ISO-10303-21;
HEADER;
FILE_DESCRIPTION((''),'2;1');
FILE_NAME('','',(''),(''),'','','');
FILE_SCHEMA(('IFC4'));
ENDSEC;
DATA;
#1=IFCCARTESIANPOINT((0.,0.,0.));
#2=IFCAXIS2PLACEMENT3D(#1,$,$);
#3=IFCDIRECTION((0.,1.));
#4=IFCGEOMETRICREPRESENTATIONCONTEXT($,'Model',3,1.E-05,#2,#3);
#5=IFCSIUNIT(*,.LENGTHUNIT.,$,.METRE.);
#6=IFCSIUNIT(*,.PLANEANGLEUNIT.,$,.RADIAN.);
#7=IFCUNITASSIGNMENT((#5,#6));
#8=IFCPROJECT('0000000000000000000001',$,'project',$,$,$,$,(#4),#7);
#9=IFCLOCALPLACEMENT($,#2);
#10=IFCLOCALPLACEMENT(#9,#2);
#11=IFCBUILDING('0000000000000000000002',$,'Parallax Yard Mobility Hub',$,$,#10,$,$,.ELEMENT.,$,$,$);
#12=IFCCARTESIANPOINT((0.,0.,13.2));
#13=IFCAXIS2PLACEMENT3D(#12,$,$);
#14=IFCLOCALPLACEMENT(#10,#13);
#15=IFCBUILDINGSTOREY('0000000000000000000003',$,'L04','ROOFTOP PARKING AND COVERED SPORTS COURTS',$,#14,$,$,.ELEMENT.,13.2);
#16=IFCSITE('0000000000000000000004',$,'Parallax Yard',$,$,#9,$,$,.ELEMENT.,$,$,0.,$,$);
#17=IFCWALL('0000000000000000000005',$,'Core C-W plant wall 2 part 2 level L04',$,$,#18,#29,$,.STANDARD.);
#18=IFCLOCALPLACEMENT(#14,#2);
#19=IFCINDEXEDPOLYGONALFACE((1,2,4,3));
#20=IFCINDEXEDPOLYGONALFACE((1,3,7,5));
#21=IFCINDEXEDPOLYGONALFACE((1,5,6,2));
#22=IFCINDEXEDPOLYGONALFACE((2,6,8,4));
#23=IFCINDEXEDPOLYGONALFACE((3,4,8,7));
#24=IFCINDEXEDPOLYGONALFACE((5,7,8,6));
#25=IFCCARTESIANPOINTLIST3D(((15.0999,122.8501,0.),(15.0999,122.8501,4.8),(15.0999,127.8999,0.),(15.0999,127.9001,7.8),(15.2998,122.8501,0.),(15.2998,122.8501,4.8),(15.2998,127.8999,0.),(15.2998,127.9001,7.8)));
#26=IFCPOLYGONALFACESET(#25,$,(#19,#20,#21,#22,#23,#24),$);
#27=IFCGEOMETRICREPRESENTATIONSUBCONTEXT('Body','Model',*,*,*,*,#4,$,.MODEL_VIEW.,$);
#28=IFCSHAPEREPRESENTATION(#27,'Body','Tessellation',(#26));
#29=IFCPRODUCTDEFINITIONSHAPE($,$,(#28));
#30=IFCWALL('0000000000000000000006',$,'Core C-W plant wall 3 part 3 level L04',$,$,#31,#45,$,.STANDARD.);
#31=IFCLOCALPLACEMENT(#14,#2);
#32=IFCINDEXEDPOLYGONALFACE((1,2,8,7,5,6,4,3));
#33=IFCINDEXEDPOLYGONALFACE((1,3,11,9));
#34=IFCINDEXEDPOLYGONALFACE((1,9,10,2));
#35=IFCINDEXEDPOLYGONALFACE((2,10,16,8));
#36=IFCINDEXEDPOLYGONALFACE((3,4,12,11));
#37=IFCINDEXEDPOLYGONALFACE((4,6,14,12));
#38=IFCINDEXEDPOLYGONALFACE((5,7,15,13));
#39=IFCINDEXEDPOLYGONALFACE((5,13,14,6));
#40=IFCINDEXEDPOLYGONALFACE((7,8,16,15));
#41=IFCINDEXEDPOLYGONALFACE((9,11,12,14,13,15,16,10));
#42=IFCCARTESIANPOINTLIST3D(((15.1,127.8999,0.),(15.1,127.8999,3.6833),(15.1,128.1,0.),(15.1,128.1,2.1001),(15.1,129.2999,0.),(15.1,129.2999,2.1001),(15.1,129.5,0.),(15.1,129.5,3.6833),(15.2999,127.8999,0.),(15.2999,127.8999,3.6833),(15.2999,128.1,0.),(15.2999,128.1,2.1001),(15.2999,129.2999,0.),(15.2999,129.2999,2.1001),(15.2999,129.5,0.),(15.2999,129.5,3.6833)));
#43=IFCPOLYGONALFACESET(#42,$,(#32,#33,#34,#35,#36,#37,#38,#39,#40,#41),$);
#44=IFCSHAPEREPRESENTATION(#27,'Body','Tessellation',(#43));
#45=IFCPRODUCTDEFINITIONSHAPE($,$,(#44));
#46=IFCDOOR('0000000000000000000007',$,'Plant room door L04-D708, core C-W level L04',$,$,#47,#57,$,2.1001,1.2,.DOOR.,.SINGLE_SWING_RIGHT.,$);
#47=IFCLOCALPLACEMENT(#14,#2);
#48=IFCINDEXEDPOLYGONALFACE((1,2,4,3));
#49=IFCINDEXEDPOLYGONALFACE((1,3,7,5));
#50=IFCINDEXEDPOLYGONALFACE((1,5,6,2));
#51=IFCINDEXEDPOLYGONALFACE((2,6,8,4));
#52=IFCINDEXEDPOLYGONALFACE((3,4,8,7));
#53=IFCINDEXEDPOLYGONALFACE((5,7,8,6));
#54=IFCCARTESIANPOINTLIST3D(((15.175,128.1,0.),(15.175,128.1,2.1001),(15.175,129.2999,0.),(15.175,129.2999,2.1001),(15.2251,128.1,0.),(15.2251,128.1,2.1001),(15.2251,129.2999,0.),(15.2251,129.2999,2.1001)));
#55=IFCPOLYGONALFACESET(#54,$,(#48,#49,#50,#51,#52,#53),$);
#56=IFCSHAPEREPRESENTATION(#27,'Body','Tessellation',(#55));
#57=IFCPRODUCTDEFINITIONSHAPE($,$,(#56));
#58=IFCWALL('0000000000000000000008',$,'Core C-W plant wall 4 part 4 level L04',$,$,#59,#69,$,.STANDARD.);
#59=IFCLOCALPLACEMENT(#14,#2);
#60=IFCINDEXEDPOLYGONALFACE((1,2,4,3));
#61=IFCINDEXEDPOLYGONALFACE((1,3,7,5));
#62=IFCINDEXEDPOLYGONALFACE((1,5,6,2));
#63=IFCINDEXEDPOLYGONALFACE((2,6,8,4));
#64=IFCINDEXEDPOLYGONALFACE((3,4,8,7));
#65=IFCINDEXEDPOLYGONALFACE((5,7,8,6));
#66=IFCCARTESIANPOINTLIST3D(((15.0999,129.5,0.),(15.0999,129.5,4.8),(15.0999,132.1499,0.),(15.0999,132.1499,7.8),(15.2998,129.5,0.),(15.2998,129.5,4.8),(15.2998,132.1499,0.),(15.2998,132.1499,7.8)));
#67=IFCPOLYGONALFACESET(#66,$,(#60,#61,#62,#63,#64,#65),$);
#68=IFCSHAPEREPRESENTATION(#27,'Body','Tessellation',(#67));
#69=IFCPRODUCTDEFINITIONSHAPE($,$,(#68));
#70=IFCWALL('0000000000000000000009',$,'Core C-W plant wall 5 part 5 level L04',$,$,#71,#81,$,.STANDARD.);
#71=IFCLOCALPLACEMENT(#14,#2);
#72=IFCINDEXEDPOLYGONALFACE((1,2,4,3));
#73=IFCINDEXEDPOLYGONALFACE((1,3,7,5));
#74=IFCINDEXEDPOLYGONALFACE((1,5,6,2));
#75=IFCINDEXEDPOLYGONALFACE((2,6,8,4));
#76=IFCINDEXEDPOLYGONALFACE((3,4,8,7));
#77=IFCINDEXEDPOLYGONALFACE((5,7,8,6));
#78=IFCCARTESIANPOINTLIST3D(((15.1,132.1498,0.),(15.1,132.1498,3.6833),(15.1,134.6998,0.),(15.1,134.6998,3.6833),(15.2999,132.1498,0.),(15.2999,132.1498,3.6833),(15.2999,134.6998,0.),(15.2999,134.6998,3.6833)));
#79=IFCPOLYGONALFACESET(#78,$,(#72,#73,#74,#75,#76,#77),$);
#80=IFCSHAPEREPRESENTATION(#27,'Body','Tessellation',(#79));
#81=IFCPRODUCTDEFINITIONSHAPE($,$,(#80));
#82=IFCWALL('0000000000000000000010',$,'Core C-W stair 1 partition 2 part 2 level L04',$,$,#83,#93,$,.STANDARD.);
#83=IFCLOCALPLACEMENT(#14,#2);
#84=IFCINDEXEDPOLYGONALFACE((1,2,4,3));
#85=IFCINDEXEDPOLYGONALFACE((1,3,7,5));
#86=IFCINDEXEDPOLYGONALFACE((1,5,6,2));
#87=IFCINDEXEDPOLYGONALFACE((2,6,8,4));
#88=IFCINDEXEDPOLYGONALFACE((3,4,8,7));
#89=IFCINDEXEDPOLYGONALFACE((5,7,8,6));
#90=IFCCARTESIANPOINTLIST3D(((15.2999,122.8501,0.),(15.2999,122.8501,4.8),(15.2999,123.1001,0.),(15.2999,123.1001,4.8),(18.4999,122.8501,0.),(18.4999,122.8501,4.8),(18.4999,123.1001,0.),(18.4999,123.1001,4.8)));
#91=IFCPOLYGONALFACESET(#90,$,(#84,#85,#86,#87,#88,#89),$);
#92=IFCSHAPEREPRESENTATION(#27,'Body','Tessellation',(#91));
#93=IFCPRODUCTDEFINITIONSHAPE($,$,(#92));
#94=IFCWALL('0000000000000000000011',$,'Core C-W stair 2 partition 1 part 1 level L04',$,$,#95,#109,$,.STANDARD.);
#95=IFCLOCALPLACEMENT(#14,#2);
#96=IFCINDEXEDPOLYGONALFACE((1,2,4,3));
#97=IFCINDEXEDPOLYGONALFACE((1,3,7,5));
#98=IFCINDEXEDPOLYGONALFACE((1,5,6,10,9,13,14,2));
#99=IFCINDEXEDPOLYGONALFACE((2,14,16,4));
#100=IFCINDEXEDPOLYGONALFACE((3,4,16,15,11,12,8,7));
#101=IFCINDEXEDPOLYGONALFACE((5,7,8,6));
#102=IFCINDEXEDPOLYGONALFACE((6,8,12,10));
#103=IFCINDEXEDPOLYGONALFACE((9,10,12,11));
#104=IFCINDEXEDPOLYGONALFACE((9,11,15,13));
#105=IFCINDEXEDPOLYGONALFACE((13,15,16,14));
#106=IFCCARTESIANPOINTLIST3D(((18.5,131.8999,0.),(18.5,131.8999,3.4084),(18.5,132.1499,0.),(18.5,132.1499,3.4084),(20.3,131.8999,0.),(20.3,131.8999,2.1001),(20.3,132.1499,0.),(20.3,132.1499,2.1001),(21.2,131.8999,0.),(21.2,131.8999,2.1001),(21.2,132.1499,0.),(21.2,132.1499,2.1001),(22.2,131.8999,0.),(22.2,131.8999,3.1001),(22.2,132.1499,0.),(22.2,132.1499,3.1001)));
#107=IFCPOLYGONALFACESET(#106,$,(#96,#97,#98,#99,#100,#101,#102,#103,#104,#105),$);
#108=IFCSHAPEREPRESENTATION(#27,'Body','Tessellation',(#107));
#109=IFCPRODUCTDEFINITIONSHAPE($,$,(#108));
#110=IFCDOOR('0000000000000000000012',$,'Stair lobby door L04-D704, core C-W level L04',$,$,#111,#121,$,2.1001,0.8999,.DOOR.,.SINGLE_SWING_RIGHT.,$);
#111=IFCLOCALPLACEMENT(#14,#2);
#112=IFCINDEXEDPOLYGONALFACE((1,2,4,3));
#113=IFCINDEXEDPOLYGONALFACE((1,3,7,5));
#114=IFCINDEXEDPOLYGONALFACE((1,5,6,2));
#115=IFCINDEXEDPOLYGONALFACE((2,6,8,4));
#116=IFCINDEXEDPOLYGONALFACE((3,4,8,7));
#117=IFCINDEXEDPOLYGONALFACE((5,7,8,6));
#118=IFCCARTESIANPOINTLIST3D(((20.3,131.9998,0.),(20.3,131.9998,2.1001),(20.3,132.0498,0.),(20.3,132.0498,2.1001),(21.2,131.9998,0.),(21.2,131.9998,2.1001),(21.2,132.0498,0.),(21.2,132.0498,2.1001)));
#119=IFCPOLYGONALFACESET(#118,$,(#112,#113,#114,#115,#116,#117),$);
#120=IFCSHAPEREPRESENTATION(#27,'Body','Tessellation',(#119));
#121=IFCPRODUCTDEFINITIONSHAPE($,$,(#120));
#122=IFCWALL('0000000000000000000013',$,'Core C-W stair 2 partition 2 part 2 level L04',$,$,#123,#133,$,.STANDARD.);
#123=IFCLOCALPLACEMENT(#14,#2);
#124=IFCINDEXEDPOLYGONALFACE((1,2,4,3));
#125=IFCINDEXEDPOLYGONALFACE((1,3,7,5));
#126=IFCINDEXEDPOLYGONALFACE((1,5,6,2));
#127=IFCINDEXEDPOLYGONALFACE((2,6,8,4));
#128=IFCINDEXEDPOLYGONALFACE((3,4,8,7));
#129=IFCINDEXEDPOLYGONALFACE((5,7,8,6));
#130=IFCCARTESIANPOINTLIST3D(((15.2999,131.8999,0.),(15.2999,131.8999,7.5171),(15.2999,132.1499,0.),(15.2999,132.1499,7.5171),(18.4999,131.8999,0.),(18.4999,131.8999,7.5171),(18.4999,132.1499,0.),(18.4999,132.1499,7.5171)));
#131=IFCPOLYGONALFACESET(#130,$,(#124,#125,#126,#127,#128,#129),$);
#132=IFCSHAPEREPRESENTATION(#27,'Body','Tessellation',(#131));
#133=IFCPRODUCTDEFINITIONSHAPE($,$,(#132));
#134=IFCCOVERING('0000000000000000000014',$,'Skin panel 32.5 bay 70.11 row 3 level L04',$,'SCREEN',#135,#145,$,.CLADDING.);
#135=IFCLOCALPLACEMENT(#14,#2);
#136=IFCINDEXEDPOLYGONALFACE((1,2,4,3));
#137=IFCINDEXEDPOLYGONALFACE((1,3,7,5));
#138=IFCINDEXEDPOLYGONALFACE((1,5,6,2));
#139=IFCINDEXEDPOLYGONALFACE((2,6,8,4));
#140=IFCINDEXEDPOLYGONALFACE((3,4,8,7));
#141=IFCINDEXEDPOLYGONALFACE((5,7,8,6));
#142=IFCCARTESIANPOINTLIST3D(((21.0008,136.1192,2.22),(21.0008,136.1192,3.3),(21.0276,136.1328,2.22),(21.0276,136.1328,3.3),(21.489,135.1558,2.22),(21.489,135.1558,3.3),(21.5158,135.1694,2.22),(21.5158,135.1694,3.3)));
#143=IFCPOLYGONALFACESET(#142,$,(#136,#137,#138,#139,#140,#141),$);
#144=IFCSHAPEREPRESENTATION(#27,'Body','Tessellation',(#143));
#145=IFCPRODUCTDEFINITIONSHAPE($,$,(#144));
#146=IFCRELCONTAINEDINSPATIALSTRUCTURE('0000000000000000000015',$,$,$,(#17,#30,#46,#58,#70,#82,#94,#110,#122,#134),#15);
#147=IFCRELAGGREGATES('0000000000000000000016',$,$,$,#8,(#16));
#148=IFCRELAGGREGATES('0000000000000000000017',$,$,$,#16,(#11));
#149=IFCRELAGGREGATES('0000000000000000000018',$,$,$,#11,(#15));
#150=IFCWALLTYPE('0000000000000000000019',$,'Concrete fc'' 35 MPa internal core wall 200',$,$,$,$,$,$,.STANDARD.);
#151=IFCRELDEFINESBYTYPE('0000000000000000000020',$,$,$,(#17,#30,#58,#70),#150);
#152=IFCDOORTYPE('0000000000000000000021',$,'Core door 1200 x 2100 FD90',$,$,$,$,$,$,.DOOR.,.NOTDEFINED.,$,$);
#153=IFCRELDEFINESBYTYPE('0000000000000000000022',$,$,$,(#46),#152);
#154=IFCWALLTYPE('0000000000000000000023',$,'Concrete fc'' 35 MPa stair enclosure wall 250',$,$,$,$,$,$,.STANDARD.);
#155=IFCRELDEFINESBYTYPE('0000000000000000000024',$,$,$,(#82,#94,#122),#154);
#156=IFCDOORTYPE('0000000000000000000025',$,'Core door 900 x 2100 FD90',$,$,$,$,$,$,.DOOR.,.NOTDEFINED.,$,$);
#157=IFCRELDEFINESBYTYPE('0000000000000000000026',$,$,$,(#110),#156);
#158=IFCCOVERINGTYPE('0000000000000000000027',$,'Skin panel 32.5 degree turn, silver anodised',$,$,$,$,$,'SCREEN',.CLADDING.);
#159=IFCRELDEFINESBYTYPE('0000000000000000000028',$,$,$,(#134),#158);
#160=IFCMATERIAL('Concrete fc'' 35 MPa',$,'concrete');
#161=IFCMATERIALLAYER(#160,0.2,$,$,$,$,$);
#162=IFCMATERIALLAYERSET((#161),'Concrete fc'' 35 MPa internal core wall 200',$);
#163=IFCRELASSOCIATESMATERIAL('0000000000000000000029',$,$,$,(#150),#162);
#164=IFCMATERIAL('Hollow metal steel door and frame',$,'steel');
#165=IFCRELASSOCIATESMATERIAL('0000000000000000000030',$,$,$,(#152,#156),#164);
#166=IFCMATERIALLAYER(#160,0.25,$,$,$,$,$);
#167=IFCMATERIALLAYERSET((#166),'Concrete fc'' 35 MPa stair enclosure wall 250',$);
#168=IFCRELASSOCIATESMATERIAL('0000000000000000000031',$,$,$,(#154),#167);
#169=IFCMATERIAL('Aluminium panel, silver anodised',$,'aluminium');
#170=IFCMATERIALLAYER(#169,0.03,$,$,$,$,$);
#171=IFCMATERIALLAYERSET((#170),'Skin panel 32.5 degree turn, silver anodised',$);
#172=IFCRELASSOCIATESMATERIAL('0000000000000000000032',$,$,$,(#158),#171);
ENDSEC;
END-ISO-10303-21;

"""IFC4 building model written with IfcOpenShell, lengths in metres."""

from ifc_helpers import new_model, si_unit, direction, frame, frame_2d, origin, origin_2d, place, context, subcontext, project, spatial, polyline, rectangle, outline, extrude, material, layer, layer_set, type_object, element, fill, save


model = new_model("IFC4")

# Units and contexts
model_context = context("Model", 3, precision=1e-05, world=origin(), true_north=direction((0.0, 1.0)))
body_context = subcontext(model_context, "Body", "Model", "MODEL_VIEW")
ifc_project = project(units=[si_unit("LENGTHUNIT", "METRE"), si_unit("PLANEANGLEUNIT", "RADIAN")], contexts=[model_context])

# Site, building, storey
site_placement = place(None, origin())
site = spatial("IfcSite", under=ifc_project, at=site_placement, Name="Parallax Yard", CompositionType="ELEMENT", RefElevation=0.0)
building_placement = place(site_placement, origin())
building = spatial("IfcBuilding", under=site, at=building_placement, Name="Parallax Yard Mobility Hub", CompositionType="ELEMENT")
storey_placement = place(building_placement, frame((0.0, 0.0, 13.2)))
storey = spatial("IfcBuildingStorey", under=building, at=storey_placement, Name="L04", Description="ROOFTOP PARKING AND COVERED SPORTS COURTS", CompositionType="ELEMENT", Elevation=13.2)

# Shared definitions
ifc_material_1 = material(Name="Concrete fc' 35 MPa", Category="concrete")

# Shared definitions
ifc_layer_1 = layer(ifc_material_1, 0.2)
ifc_layer_set_1 = layer_set([ifc_layer_1], Name="Concrete fc' 35 MPa internal core wall 200")
wall_type_1 = type_object("IfcWallType", Name="Concrete fc' 35 MPa internal core wall 200", PredefinedType="STANDARD", material=ifc_layer_set_1)

# Wall
wall_1_placement = place(storey_placement, frame((15.2, 122.8501, 0.0), z_axis=(0.0, 0.0, 1.0), x_axis=(0.0, 1.0, 0.0)))
element("IfcWall", 1, at=wall_1_placement, inside=storey, type_object=wall_type_1, Name="Core C-W plant wall 2 part 2 level L04", PredefinedType="STANDARD", context=body_context, shape_type="SweptSolid", body=[
    extrude(outline(polyline([(0.0, 0.0), (5.0498, 0.0), (5.05, 7.8), (0.0, 4.8), (0.0, 0.0)])), frame((0.0, 0.1001, 0.0), z_axis=(0.0, -1.0, 0.0), x_axis=(1.0, 0.0, 0.0)), (0.0, 0.0, 1.0), 0.2),
])

# Wall, opening, door
wall_2_placement = place(storey_placement, frame((15.2, 127.8999, 0.0), z_axis=(0.0, 0.0, 1.0), x_axis=(0.0, 1.0, 0.0)))
wall_2 = element("IfcWall", 2, at=wall_2_placement, inside=storey, type_object=wall_type_1, Name="Core C-W plant wall 3 part 3 level L04", PredefinedType="STANDARD", context=body_context, shape_type="SweptSolid", body=[
    extrude(rectangle(XDim=1.6001, YDim=0.2, at=frame_2d((0.8, 0.0))), origin(), (0.0, 0.0, 1.0), 3.6833),
])
opening_1_placement = place(wall_2_placement, frame((0.2, 0.0, 0.0)))
opening_1 = element("IfcOpeningElement", 3, at=opening_1_placement, cuts=wall_2, PredefinedType="OPENING", context=body_context, shape_type="SweptSolid", body=[
    extrude(rectangle(XDim=1.2, YDim=2.1001, at=frame_2d((0.6001, 1.05))), frame((0.0, 0.1099, 0.0), z_axis=(0.0, -1.0, 0.0), x_axis=(1.0, 0.0, 0.0)), (0.0, 0.0, 1.0), 0.22),
])
ifc_material_2 = material(Name="Hollow metal steel door and frame", Category="steel")
door_type_1 = type_object("IfcDoorType", Name="Core door 1200 x 2100 FD90", OperationType="NOTDEFINED", PredefinedType="DOOR", material=ifc_material_2)
door_1_placement = place(opening_1_placement, origin())
door_1 = element("IfcDoor", 4, at=door_1_placement, inside=storey, type_object=door_type_1, Name="Plant room door L04-D708, core C-W level L04", OperationType="SINGLE_SWING_RIGHT", OverallHeight=2.1001, OverallWidth=1.2, PredefinedType="DOOR", context=body_context, shape_type="SweptSolid", body=[
    extrude(rectangle(XDim=1.2, YDim=2.1001, at=frame_2d((0.6001, 1.05))), frame((0.0, 0.0249, 0.0), z_axis=(0.0, -1.0, 0.0), x_axis=(1.0, 0.0, 0.0)), (0.0, 0.0, 1.0), 0.05),
])
fill(opening_1, door_1)

# Walls
wall_3_placement = place(storey_placement, frame((15.2, 129.5, 0.0), z_axis=(0.0, 0.0, 1.0), x_axis=(0.0, 1.0, 0.0)))
element("IfcWall", 5, at=wall_3_placement, inside=storey, type_object=wall_type_1, Name="Core C-W plant wall 4 part 4 level L04", PredefinedType="STANDARD", context=body_context, shape_type="SweptSolid", body=[
    extrude(outline(polyline([(0.0, 0.0), (2.6499, 0.0), (2.6499, 7.8), (0.0, 4.8), (0.0, 0.0)])), frame((0.0, 0.1001, 0.0), z_axis=(0.0, -1.0, 0.0), x_axis=(1.0, 0.0, 0.0)), (0.0, 0.0, 1.0), 0.2),
])
wall_4_placement = place(storey_placement, frame((15.2, 132.1499, 0.0), z_axis=(0.0, 0.0, 1.0), x_axis=(0.0, 1.0, 0.0)))
element("IfcWall", 6, at=wall_4_placement, inside=storey, type_object=wall_type_1, Name="Core C-W plant wall 5 part 5 level L04", PredefinedType="STANDARD", context=body_context, shape_type="SweptSolid", body=[
    extrude(rectangle(XDim=2.55, YDim=0.2, at=frame_2d((1.2749, 0.0))), origin(), (0.0, 0.0, 1.0), 3.6833),
])
ifc_layer_2 = layer(ifc_material_1, 0.25)
ifc_layer_set_2 = layer_set([ifc_layer_2], Name="Concrete fc' 35 MPa stair enclosure wall 250")
wall_type_2 = type_object("IfcWallType", Name="Concrete fc' 35 MPa stair enclosure wall 250", PredefinedType="STANDARD", material=ifc_layer_set_2)
wall_5_placement = place(storey_placement, frame((18.5, 122.9751, 0.0), z_axis=(0.0, 0.0, 1.0), x_axis=(-1.0, 0.0, 0.0)))
element("IfcWall", 7, at=wall_5_placement, inside=storey, type_object=wall_type_2, Name="Core C-W stair 1 partition 2 part 2 level L04", PredefinedType="STANDARD", context=body_context, shape_type="SweptSolid", body=[
    extrude(rectangle(XDim=3.2, YDim=0.25, at=frame_2d((1.6001, 0.0))), origin(), (0.0, 0.0, 1.0), 4.8),
])

# Wall, opening, door
wall_6_placement = place(storey_placement, frame((18.5, 132.0249, 0.0), z_axis=(0.0, 0.0, 1.0), x_axis=(1.0, 0.0, 0.0)))
wall_6 = element("IfcWall", 8, at=wall_6_placement, inside=storey, type_object=wall_type_2, Name="Core C-W stair 2 partition 1 part 1 level L04", PredefinedType="STANDARD", context=body_context, shape_type="SweptSolid", body=[
    extrude(outline(polyline([(0.0, 0.0), (3.7, 0.0), (3.7, 3.1001), (0.0, 3.4084), (0.0, 0.0)])), frame((0.0, 0.125, 0.0), z_axis=(0.0, -1.0, 0.0), x_axis=(1.0, 0.0, 0.0)), (0.0, 0.0, 1.0), 0.25),
])
opening_2_placement = place(wall_6_placement, frame((1.8, 0.0, 0.0)))
opening_2 = element("IfcOpeningElement", 9, at=opening_2_placement, cuts=wall_6, PredefinedType="OPENING", context=body_context, shape_type="SweptSolid", body=[
    extrude(rectangle(XDim=0.8999, YDim=2.1001, at=frame_2d((0.45, 1.05))), frame((0.0, 0.135, 0.0), z_axis=(0.0, -1.0, 0.0), x_axis=(1.0, 0.0, 0.0)), (0.0, 0.0, 1.0), 0.27),
])
door_type_2 = type_object("IfcDoorType", Name="Core door 900 x 2100 FD90", OperationType="NOTDEFINED", PredefinedType="DOOR", material=ifc_material_2)
door_2_placement = place(opening_2_placement, origin())
door_2 = element("IfcDoor", 10, at=door_2_placement, inside=storey, type_object=door_type_2, Name="Stair lobby door L04-D704, core C-W level L04", OperationType="SINGLE_SWING_RIGHT", OverallHeight=2.1001, OverallWidth=0.8999, PredefinedType="DOOR", context=body_context, shape_type="SweptSolid", body=[
    extrude(rectangle(XDim=0.8999, YDim=2.1001, at=frame_2d((0.45, 1.05))), frame((0.0, 0.0249, 0.0), z_axis=(0.0, -1.0, 0.0), x_axis=(1.0, 0.0, 0.0)), (0.0, 0.0, 1.0), 0.05),
])
fill(opening_2, door_2)

# Wall
wall_7_placement = place(storey_placement, frame((18.5, 132.0249, 0.0), z_axis=(0.0, 0.0, 1.0), x_axis=(-1.0, 0.0, 0.0)))
element("IfcWall", 11, at=wall_7_placement, inside=storey, type_object=wall_type_2, Name="Core C-W stair 2 partition 2 part 2 level L04", PredefinedType="STANDARD", context=body_context, shape_type="SweptSolid", body=[
    extrude(rectangle(XDim=3.2, YDim=0.25, at=frame_2d((1.6001, 0.0))), origin(), (0.0, 0.0, 1.0), 7.5171),
])

# Covering
ifc_material_3 = material(Name="Aluminium panel, silver anodised", Category="aluminium")
ifc_layer_3 = layer(ifc_material_3, 0.03)
ifc_layer_set_3 = layer_set([ifc_layer_3], Name="Skin panel 32.5 degree turn, silver anodised")
covering_type = type_object("IfcCoveringType", Name="Skin panel 32.5 degree turn, silver anodised", ElementType="SCREEN", PredefinedType="CLADDING", material=ifc_layer_set_3)
covering_placement = place(storey_placement, frame((21.2583, 135.6443, 2.22), z_axis=(0.0, 0.0, 1.0), x_axis=(-0.452046, 0.891995, 0.0)))
element("IfcCovering", 12, at=covering_placement, inside=storey, type_object=covering_type, Name="Skin panel 32.5 bay 70.11 row 3 level L04", ObjectType="SCREEN", PredefinedType="CLADDING", context=body_context, shape_type="SweptSolid", body=[
    extrude(rectangle(XDim=1.0801, YDim=0.03, at=origin_2d()), origin(), (0.0, 0.0, 1.0), 1.0801),
])

save(model, "model.ifc")
